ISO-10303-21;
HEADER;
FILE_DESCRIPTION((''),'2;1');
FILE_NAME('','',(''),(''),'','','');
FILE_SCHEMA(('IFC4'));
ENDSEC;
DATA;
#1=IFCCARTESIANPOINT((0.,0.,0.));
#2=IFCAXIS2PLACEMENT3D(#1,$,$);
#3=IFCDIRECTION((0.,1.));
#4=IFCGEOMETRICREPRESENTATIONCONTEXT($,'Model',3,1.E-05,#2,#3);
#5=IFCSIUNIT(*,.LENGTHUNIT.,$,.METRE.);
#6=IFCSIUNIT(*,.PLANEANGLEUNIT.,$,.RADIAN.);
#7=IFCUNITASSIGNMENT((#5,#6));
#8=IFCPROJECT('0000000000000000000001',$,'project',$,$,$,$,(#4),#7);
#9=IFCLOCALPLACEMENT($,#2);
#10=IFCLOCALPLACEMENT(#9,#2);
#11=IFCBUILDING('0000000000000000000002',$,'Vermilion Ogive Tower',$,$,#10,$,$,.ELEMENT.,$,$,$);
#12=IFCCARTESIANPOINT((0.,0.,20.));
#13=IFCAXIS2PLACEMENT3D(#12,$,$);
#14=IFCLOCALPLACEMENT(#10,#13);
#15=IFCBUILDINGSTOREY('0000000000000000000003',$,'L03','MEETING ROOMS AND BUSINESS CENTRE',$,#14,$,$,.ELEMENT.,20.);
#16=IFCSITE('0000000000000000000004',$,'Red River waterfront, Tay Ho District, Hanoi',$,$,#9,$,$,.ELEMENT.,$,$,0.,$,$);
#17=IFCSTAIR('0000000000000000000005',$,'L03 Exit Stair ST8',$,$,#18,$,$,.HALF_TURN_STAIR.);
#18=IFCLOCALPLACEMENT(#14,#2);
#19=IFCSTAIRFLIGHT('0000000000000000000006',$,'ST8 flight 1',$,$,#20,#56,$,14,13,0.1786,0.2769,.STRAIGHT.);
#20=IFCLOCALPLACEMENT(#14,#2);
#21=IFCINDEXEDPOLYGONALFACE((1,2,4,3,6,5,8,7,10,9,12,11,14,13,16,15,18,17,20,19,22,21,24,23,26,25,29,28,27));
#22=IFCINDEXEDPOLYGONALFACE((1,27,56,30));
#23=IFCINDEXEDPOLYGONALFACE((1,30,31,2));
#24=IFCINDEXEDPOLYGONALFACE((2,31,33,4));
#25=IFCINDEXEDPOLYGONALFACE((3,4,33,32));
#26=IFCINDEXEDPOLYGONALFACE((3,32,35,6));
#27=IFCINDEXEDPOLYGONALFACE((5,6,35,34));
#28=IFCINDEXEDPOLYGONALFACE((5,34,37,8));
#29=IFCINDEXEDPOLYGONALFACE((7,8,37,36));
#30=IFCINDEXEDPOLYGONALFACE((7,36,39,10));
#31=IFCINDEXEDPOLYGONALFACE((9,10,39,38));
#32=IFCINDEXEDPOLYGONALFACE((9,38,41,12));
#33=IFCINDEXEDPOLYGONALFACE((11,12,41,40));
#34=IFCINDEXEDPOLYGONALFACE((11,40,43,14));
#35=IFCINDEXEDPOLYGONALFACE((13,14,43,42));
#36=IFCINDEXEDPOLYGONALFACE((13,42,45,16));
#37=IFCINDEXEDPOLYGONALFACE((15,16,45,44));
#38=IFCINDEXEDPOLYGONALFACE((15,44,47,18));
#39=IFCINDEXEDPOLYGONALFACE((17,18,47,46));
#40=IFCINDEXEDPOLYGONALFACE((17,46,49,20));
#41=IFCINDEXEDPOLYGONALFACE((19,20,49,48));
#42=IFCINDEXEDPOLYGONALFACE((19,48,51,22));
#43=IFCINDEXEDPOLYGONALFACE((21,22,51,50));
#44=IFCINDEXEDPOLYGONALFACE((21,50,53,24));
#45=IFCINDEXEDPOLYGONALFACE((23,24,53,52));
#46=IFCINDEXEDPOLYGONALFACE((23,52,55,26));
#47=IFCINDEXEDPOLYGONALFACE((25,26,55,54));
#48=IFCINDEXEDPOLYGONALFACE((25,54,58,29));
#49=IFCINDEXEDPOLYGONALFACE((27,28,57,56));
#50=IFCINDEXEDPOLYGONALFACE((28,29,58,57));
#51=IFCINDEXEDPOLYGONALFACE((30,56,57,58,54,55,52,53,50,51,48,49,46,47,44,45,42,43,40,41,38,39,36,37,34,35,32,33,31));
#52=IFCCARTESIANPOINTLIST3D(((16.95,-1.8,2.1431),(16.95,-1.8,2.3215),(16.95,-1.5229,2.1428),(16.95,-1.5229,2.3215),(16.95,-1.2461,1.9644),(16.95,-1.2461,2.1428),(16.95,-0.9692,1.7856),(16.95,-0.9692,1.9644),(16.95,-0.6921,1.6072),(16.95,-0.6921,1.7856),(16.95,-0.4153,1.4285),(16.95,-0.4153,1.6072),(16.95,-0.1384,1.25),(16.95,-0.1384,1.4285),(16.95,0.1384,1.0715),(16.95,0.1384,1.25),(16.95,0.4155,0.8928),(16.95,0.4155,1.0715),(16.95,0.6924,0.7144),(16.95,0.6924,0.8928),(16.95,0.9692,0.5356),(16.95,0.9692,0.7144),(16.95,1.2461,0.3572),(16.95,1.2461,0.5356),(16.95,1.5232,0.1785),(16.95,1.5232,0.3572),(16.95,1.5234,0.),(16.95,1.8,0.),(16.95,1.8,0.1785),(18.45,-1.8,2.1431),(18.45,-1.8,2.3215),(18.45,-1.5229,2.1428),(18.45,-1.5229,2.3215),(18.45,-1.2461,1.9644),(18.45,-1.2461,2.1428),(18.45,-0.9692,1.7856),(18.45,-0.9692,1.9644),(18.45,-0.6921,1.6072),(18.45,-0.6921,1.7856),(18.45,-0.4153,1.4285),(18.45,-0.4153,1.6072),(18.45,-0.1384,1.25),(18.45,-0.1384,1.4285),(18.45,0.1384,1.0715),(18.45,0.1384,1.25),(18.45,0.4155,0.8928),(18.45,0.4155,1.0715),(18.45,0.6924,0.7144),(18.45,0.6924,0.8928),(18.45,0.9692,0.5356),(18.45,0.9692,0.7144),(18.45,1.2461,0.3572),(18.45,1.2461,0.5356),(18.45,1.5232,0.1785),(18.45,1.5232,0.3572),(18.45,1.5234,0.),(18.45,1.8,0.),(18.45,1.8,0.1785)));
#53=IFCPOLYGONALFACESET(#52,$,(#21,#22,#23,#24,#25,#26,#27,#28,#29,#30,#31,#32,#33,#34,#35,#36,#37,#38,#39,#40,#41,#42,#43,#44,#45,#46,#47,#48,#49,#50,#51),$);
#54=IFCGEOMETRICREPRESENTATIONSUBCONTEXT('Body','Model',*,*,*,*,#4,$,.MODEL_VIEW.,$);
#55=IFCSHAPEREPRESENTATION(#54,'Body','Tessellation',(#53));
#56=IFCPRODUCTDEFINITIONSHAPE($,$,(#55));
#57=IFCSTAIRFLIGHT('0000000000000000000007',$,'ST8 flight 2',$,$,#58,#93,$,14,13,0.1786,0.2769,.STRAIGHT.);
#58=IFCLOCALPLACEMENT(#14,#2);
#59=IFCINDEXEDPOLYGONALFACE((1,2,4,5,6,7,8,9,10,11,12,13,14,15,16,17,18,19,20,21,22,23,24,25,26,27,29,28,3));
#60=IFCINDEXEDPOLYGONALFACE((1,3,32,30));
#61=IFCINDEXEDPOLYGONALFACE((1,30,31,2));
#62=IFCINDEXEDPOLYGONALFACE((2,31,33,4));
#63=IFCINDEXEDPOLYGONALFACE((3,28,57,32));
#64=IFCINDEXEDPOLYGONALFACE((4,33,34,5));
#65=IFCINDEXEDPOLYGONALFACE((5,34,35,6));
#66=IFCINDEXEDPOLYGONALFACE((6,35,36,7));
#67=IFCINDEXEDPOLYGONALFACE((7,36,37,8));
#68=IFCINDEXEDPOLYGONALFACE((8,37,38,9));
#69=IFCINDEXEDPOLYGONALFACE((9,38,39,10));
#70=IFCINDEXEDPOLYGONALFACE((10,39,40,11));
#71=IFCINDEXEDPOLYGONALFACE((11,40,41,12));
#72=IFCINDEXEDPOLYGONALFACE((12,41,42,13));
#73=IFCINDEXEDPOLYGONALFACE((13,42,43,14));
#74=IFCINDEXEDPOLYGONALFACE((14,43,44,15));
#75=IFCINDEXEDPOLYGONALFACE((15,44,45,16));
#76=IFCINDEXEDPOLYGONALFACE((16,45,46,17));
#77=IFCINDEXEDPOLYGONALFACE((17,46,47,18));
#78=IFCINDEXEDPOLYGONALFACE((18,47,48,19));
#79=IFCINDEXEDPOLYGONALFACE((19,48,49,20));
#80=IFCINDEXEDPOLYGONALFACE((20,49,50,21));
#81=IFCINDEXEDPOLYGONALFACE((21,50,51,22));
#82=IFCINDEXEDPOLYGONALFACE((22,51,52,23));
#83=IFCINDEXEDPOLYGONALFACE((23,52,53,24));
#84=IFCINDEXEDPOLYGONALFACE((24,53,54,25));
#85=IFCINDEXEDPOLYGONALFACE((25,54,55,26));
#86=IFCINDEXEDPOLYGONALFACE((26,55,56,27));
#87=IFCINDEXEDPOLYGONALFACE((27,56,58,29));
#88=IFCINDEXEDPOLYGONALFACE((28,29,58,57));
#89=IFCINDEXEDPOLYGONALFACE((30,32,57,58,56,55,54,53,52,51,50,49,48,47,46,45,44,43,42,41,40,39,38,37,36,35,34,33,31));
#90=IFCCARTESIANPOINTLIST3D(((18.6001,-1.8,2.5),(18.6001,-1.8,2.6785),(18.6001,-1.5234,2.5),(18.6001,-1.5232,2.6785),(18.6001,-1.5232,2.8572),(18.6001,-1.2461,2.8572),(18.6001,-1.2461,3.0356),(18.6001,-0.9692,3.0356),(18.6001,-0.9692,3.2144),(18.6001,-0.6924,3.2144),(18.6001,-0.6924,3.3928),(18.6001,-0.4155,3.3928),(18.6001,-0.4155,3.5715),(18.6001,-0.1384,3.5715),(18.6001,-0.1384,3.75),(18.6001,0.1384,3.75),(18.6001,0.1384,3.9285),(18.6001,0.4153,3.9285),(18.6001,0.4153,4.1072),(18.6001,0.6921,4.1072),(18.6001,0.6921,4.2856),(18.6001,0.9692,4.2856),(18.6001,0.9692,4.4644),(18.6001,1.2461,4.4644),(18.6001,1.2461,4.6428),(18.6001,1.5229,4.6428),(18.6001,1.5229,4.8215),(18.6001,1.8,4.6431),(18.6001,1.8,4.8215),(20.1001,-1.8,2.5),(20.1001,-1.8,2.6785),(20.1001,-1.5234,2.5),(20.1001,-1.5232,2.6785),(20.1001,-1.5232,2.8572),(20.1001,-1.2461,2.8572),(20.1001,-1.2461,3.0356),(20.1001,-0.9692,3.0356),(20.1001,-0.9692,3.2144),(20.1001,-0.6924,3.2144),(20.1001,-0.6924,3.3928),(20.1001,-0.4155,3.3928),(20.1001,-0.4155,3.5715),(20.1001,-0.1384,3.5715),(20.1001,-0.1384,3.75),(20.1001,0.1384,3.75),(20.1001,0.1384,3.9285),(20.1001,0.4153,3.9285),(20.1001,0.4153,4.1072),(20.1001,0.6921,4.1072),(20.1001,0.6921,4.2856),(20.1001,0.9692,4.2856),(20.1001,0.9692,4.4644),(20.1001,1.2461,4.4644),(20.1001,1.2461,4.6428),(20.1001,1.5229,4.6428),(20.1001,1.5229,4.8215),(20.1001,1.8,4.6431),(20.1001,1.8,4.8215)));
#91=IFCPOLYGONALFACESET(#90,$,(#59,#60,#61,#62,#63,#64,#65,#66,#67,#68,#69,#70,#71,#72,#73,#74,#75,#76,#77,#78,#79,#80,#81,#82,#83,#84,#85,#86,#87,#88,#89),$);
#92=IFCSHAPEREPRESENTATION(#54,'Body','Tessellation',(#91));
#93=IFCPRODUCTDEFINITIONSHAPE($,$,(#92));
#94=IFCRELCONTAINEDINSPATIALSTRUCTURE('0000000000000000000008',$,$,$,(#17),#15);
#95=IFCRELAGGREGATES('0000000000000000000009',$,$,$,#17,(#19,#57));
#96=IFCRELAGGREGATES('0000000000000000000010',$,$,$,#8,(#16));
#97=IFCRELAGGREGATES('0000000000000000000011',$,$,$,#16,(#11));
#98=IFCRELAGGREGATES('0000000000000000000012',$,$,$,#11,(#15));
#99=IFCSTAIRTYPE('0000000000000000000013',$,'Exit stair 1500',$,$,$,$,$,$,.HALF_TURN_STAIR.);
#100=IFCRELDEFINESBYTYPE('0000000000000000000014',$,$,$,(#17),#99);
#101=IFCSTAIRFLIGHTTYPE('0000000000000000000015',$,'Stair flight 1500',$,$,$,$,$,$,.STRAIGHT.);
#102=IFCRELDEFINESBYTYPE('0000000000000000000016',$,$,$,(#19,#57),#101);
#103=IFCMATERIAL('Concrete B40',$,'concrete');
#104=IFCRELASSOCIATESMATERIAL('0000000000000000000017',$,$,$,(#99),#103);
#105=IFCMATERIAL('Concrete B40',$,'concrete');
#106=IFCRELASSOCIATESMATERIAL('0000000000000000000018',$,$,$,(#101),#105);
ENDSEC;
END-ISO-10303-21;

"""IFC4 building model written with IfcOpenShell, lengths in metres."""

from ifc_helpers import new_model, si_unit, direction, frame, origin, place, context, subcontext, project, spatial, polyline, outline, extrude, material, type_object, element, aggregate, save


model = new_model("IFC4")

# Units and contexts
model_context = context("Model", 3, precision=1e-05, world=origin(), true_north=direction((0.0, 1.0)))
body_context = subcontext(model_context, "Body", "Model", "MODEL_VIEW")
ifc_project = project(units=[si_unit("LENGTHUNIT", "METRE"), si_unit("PLANEANGLEUNIT", "RADIAN")], contexts=[model_context])

# Site, building, storey
site_placement = place(None, origin())
site = spatial("IfcSite", under=ifc_project, at=site_placement, Name="Red River waterfront, Tay Ho District, Hanoi", CompositionType="ELEMENT", RefElevation=0.0)
building_placement = place(site_placement, origin())
building = spatial("IfcBuilding", under=site, at=building_placement, Name="Vermilion Ogive Tower", CompositionType="ELEMENT")
storey_placement = place(building_placement, frame((0.0, 0.0, 20.0)))
storey = spatial("IfcBuildingStorey", under=building, at=storey_placement, Name="L03", Description="MEETING ROOMS AND BUSINESS CENTRE", CompositionType="ELEMENT", Elevation=20.0)

# Stair, stair flights
ifc_material_1 = material(Name="Concrete B40", Category="concrete")
stair_type = type_object("IfcStairType", Name="Exit stair 1500", PredefinedType="HALF_TURN_STAIR", material=ifc_material_1)
stair_placement = place(storey_placement, origin())
stair = element("IfcStair", 1, at=stair_placement, inside=storey, type_object=stair_type, Name="L03 Exit Stair ST8", PredefinedType="HALF_TURN_STAIR")
ifc_material_2 = material(Name="Concrete B40", Category="concrete")
stair_flight_type = type_object("IfcStairFlightType", Name="Stair flight 1500", PredefinedType="STRAIGHT", material=ifc_material_2)
stair_flight_1_placement = place(storey_placement, frame((17.7, 1.8, 0.0), z_axis=(0.0, 0.0, 1.0), x_axis=(0.0, -1.0, 0.0)))
stair_flight_1 = element("IfcStairFlight", 2, at=stair_flight_1_placement, type_object=stair_flight_type, Name="ST8 flight 1", NumberOfRisers=14, NumberOfTreads=13, PredefinedType="STRAIGHT", RiserHeight=0.1786, TreadLength=0.2769, context=body_context, shape_type="SweptSolid", body=[
    extrude(outline(polyline([(0.0, 0.0), (0.0, 0.1785), (0.2769, 0.1785), (0.2769, 0.3572), (0.554, 0.3572), (0.554, 0.5356), (0.8308, 0.5356), (0.8308, 0.7144), (1.1077, 0.7144), (1.1077, 0.8928), (1.3845, 0.8928), (1.3845, 1.0715), (1.6616, 1.0715), (1.6616, 1.25), (1.9385, 1.25), (1.9385, 1.4285), (2.2153, 1.4285), (2.2153, 1.6072), (2.4922, 1.6072), (2.4922, 1.7856), (2.7693, 1.7856), (2.7693, 1.9644), (3.0461, 1.9644), (3.0461, 2.1428), (3.323, 2.1428), (3.323, 2.3215), (3.6001, 2.3215), (3.6001, 2.5), (3.6001, 2.1431), (0.2766, 0.0), (0.0, 0.0)])), frame((0.0, 0.75, 0.0), z_axis=(0.0, -1.0, 0.0), x_axis=(1.0, 0.0, 0.0)), (0.0, 0.0, 1.0), 1.5),
])
stair_flight_2_placement = place(storey_placement, frame((19.3501, -1.8, 2.5), z_axis=(0.0, 0.0, 1.0), x_axis=(0.0, 1.0, 0.0)))
stair_flight_2 = element("IfcStairFlight", 3, at=stair_flight_2_placement, type_object=stair_flight_type, Name="ST8 flight 2", NumberOfRisers=14, NumberOfTreads=13, PredefinedType="STRAIGHT", RiserHeight=0.1786, TreadLength=0.2769, context=body_context, shape_type="SweptSolid", body=[
    extrude(outline(polyline([(0.0, 0.0), (0.0, 0.1785), (0.2769, 0.1785), (0.2769, 0.3572), (0.554, 0.3572), (0.554, 0.5356), (0.8308, 0.5356), (0.8308, 0.7144), (1.1077, 0.7144), (1.1077, 0.8928), (1.3845, 0.8928), (1.3845, 1.0715), (1.6616, 1.0715), (1.6616, 1.25), (1.9385, 1.25), (1.9385, 1.4285), (2.2153, 1.4285), (2.2153, 1.6072), (2.4922, 1.6072), (2.4922, 1.7856), (2.7693, 1.7856), (2.7693, 1.9644), (3.0461, 1.9644), (3.0461, 2.1428), (3.323, 2.1428), (3.323, 2.3215), (3.6001, 2.3215), (3.6001, 2.5), (3.6001, 2.1431), (0.2766, 0.0), (0.0, 0.0)])), frame((0.0, 0.75, 0.0), z_axis=(0.0, -1.0, 0.0), x_axis=(1.0, 0.0, 0.0)), (0.0, 0.0, 1.0), 1.5),
])
aggregate(stair, [stair_flight_1, stair_flight_2])

save(model, "model.ifc")
